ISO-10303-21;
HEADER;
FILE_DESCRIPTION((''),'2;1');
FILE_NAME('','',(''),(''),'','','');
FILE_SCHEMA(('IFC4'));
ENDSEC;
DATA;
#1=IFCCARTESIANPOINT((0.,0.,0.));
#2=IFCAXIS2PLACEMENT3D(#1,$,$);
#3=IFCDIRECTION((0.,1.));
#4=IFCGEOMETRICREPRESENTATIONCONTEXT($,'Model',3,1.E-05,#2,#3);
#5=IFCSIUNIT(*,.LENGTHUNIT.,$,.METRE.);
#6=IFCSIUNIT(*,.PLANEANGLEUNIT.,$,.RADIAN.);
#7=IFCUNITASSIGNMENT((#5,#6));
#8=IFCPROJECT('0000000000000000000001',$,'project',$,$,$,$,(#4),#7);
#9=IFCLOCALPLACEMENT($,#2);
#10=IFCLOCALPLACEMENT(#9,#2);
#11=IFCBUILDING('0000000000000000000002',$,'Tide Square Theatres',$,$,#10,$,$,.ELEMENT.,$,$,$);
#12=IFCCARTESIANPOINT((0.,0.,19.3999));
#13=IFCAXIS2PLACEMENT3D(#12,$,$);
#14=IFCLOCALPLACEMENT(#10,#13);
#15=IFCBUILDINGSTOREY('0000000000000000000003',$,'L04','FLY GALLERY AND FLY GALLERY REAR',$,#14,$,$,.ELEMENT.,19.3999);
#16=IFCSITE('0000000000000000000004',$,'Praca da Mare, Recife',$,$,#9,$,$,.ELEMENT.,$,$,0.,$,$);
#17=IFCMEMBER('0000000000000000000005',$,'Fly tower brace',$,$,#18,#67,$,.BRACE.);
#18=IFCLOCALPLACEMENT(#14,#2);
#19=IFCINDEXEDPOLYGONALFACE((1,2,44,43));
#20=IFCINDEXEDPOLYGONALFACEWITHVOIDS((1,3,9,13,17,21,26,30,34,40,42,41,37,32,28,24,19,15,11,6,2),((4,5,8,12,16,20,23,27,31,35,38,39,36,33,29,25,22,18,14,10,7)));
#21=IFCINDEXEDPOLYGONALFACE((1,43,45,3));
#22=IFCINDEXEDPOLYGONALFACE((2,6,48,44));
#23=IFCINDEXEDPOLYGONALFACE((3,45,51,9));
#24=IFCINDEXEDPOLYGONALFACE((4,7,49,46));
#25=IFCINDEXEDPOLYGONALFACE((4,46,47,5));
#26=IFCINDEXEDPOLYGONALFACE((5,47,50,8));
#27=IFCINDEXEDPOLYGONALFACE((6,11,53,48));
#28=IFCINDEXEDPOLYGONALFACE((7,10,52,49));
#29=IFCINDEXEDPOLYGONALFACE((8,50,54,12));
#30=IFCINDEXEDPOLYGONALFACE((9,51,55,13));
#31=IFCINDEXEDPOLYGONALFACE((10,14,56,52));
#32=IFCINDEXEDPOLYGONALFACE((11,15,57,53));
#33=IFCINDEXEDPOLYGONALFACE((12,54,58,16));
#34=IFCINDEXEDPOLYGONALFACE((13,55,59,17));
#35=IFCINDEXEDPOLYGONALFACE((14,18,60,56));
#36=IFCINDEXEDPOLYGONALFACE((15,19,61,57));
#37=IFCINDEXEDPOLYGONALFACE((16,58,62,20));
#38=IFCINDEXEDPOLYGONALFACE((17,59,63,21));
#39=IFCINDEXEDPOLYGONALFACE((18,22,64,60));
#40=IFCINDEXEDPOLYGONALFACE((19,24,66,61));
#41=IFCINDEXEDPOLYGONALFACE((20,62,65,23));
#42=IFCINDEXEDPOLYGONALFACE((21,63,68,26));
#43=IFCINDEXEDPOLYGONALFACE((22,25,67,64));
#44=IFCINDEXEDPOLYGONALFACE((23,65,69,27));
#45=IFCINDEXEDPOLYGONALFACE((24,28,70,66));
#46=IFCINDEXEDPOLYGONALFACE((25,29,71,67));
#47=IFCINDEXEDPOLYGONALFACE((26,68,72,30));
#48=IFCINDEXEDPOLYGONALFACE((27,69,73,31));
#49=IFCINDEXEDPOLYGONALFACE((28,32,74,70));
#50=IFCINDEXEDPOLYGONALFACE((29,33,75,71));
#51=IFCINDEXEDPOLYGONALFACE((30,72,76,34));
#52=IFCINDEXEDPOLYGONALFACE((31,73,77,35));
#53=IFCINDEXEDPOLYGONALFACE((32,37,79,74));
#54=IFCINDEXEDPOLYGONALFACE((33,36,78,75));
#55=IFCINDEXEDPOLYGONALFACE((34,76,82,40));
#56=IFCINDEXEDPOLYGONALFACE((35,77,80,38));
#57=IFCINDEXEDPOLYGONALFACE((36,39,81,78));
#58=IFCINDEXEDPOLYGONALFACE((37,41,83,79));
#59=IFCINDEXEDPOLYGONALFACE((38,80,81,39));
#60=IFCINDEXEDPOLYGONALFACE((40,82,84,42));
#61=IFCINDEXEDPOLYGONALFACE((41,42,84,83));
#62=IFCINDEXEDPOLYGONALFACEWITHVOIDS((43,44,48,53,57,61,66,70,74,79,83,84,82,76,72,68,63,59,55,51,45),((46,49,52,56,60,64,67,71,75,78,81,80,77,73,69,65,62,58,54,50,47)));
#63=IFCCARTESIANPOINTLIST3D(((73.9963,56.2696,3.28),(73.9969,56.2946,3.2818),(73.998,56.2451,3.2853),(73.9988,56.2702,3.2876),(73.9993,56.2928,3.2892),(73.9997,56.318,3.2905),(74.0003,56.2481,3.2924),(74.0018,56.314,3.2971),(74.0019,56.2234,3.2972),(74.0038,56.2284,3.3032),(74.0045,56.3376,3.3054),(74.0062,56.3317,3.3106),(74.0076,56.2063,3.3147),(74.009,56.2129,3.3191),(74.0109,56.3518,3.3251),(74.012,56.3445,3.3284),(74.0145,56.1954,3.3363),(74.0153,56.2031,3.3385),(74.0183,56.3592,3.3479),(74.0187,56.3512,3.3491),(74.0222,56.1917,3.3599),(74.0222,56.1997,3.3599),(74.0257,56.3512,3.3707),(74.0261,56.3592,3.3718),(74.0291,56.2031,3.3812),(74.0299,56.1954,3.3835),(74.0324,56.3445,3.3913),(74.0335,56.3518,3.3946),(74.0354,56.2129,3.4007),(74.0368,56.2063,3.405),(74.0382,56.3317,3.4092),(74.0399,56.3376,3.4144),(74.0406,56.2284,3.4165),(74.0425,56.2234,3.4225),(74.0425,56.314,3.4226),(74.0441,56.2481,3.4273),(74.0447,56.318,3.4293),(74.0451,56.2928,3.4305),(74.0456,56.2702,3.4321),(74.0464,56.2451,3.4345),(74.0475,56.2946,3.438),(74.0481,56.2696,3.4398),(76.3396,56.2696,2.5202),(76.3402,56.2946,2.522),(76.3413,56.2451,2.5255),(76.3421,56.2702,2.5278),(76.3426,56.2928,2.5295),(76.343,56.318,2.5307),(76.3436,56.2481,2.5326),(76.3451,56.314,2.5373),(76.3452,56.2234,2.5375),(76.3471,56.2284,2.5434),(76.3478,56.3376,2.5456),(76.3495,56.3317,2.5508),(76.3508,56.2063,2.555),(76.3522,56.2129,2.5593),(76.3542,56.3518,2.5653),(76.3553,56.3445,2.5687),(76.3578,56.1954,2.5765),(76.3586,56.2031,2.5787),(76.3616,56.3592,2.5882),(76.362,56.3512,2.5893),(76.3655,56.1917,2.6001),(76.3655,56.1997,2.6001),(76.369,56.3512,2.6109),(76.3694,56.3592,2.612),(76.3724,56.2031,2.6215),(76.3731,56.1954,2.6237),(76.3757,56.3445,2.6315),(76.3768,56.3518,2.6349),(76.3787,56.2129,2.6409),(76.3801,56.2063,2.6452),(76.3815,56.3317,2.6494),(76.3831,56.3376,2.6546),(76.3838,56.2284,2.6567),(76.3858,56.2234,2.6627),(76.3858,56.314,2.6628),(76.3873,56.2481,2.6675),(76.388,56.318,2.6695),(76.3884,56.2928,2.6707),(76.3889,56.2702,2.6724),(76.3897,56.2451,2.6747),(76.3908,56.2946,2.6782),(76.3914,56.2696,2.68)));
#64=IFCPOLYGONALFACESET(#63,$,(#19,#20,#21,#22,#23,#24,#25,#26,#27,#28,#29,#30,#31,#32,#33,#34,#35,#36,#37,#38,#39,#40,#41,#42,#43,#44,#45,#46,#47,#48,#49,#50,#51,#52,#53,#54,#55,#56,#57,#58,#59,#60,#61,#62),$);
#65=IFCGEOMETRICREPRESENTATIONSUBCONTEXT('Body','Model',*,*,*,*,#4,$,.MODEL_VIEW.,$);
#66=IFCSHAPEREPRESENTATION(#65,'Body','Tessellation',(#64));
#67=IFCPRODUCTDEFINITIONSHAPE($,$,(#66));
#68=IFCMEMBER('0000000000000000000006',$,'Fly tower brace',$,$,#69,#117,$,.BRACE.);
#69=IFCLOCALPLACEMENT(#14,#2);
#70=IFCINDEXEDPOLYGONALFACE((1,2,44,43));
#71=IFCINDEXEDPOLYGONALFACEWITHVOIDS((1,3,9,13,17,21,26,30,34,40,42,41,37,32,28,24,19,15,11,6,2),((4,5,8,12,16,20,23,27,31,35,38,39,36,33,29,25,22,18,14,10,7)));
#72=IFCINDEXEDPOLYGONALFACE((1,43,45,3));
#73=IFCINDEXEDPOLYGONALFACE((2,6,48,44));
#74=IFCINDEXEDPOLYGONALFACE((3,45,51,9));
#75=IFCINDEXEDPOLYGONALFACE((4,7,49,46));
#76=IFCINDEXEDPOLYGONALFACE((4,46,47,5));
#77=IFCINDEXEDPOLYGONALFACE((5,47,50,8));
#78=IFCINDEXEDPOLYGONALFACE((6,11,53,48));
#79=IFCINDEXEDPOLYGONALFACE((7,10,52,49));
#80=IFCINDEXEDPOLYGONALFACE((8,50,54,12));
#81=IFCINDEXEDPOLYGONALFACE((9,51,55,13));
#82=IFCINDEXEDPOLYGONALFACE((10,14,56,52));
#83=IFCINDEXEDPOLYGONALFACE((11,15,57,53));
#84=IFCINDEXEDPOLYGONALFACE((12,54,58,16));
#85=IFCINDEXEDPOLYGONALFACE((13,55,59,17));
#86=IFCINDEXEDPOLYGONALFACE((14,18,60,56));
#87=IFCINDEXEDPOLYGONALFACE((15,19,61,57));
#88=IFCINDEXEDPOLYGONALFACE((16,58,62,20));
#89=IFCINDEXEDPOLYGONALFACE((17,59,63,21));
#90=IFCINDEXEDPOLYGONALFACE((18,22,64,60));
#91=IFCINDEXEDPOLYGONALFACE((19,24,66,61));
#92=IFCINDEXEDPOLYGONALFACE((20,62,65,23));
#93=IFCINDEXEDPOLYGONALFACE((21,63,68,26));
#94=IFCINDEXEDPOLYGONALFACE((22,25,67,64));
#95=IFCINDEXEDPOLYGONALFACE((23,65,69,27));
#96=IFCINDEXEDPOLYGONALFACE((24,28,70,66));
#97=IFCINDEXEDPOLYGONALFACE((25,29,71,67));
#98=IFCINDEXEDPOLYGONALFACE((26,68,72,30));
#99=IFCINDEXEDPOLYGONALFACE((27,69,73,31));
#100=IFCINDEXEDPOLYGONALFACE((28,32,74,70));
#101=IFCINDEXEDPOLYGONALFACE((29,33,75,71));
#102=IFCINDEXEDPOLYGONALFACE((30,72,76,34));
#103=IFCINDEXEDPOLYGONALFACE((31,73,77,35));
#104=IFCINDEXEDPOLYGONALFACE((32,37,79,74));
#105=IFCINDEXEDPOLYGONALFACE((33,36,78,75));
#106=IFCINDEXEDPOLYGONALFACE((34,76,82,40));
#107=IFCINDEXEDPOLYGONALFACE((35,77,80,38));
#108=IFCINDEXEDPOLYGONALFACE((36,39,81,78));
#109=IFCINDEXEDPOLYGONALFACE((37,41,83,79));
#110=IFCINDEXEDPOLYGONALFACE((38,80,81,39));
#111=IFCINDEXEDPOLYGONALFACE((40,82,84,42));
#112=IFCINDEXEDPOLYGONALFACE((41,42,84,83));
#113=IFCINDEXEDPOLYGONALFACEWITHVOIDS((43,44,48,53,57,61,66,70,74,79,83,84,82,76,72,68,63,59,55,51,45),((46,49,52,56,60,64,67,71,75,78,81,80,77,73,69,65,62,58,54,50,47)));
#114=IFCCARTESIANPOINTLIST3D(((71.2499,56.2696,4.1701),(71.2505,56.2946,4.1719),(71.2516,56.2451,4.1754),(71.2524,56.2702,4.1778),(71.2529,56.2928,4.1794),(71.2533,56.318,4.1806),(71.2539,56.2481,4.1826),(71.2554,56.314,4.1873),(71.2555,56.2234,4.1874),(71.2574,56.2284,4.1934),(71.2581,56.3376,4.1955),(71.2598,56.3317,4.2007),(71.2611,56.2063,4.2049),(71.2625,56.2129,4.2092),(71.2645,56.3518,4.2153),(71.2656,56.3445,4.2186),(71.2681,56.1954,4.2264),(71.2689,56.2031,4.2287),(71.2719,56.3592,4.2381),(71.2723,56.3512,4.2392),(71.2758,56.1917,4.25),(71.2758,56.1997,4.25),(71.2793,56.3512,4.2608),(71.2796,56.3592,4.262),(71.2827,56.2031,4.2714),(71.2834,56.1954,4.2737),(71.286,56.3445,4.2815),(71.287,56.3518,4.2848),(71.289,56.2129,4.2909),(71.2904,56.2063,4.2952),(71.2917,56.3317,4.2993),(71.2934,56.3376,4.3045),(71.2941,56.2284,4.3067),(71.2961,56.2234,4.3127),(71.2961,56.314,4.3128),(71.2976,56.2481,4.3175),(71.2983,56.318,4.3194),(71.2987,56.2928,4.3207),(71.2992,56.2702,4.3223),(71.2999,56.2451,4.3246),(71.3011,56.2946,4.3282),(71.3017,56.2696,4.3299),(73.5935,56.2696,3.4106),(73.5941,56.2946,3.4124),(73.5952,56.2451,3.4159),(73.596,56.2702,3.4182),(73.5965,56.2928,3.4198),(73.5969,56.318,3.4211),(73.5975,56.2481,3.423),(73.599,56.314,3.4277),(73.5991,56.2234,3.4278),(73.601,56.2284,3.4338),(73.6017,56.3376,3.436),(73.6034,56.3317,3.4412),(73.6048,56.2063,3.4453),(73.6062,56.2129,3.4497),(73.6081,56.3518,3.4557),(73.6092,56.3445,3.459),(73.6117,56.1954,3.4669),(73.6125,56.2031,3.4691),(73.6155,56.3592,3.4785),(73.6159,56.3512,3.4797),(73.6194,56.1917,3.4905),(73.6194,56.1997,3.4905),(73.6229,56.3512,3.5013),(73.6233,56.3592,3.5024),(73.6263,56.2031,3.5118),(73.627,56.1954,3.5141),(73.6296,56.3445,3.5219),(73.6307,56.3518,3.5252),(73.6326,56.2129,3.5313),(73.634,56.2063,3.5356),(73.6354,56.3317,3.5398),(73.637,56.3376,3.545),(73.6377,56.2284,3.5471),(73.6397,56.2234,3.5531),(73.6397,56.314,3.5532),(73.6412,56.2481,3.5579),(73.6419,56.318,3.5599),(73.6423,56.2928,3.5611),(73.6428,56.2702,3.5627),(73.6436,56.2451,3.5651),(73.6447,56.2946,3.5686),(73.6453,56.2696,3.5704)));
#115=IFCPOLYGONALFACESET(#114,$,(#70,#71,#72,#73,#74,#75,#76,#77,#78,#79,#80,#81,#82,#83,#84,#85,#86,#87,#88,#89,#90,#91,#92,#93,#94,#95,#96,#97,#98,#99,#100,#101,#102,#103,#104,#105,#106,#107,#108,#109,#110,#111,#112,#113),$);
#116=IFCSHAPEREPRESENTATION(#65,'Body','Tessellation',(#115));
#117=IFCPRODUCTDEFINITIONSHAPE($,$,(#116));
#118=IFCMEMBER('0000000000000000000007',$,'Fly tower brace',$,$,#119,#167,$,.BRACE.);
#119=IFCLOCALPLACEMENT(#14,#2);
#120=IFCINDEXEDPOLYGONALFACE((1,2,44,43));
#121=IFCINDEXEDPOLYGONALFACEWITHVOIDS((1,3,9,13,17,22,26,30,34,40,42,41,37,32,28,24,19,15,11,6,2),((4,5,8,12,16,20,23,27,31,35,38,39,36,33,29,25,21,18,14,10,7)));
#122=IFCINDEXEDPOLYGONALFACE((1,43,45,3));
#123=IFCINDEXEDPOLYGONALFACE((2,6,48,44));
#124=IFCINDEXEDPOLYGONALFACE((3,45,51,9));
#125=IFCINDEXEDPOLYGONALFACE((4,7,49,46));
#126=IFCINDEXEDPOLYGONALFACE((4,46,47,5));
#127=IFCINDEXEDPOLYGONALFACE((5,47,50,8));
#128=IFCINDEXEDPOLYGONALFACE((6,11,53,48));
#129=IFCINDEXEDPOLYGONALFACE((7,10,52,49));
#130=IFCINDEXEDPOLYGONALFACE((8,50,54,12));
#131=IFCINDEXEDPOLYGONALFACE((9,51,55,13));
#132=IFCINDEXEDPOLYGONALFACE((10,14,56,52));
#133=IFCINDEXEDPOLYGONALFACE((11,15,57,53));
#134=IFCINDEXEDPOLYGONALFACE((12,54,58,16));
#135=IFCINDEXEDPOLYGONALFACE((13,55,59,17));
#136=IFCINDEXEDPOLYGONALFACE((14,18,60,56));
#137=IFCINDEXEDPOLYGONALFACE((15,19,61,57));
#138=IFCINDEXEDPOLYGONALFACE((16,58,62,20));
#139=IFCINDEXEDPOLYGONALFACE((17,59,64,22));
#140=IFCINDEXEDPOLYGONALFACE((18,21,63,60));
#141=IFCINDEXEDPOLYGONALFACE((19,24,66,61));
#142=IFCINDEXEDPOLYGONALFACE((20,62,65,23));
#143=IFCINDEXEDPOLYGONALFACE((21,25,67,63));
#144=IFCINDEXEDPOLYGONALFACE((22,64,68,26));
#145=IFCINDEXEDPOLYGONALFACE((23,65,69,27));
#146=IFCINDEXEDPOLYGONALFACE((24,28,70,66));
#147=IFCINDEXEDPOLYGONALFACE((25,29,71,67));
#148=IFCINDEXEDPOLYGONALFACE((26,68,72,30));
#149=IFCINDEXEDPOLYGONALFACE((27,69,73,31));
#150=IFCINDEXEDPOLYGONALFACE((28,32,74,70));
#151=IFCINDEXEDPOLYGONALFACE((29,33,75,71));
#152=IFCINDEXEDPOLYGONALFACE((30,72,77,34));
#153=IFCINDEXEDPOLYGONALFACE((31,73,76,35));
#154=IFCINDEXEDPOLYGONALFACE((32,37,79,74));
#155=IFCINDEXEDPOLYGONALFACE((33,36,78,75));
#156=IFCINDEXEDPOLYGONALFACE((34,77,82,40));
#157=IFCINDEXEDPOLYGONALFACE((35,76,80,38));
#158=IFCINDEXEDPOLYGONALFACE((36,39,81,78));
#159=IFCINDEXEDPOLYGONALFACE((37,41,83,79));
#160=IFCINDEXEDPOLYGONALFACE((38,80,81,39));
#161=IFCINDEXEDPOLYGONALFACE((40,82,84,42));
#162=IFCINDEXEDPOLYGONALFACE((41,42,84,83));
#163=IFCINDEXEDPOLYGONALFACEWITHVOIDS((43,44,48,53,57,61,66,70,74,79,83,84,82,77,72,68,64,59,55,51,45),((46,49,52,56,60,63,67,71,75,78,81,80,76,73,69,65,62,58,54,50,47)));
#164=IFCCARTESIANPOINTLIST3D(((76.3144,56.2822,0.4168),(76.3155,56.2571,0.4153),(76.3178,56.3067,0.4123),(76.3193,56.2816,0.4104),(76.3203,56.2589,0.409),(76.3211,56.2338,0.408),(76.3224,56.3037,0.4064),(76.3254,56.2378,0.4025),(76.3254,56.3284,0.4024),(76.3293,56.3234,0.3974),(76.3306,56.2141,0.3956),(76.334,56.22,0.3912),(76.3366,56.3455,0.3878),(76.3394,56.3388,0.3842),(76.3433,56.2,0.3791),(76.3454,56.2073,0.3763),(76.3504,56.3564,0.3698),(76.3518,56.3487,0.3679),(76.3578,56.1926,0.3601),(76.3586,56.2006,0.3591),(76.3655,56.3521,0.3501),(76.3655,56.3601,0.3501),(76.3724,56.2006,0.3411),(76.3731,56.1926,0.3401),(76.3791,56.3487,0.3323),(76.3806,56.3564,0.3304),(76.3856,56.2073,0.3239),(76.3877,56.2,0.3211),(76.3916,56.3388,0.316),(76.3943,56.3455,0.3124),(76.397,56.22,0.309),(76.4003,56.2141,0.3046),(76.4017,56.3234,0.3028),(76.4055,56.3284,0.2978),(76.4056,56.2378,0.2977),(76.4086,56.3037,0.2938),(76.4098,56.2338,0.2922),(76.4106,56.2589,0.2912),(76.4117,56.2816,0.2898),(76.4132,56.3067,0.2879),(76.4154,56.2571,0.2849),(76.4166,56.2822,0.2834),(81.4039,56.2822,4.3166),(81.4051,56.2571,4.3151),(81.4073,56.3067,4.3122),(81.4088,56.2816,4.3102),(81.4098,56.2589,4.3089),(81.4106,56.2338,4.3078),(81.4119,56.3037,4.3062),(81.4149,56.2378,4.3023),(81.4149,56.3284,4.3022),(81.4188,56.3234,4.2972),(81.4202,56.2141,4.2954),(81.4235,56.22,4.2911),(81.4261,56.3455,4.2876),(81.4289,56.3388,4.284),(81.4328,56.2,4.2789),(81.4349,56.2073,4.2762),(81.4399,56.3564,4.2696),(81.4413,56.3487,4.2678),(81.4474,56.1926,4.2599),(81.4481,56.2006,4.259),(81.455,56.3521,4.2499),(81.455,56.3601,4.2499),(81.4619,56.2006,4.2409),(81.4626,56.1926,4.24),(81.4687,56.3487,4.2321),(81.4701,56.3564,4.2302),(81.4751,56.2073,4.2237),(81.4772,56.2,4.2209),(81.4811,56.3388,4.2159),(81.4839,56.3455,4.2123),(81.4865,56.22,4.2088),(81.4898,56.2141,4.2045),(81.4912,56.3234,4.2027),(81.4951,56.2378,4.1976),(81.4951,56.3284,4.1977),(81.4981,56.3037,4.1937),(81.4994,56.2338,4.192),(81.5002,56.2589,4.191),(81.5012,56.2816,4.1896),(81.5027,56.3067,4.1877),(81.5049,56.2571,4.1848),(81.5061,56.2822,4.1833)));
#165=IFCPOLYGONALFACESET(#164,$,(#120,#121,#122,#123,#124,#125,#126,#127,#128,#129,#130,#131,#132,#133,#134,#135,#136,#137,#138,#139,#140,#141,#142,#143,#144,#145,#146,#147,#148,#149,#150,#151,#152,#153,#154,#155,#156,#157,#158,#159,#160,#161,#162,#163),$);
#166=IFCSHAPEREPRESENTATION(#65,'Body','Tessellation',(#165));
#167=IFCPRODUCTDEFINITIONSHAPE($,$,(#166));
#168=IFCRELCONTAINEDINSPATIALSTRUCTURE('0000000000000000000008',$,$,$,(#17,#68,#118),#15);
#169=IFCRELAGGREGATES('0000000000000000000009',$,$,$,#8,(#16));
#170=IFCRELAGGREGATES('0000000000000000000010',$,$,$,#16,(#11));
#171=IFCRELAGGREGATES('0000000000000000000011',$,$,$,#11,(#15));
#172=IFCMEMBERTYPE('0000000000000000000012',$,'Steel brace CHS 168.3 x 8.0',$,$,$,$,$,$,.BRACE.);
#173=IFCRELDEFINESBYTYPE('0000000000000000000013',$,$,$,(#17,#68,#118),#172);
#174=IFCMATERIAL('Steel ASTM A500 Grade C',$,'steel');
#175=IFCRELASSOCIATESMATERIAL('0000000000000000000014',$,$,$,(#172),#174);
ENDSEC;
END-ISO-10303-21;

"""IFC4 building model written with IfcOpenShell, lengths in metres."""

from ifc_helpers import new_model, si_unit, direction, frame, origin, origin_2d, place, context, subcontext, project, spatial, hollow_circle, extrude, material, material_profile, profile_set, type_object, element, save


model = new_model("IFC4")

# Units and contexts
model_context = context("Model", 3, precision=1e-05, world=origin(), true_north=direction((0.0, 1.0)))
body_context = subcontext(model_context, "Body", "Model", "MODEL_VIEW")
ifc_project = project(units=[si_unit("LENGTHUNIT", "METRE"), si_unit("PLANEANGLEUNIT", "RADIAN")], contexts=[model_context])

# Site, building, storey
site_placement = place(None, origin())
site = spatial("IfcSite", under=ifc_project, at=site_placement, Name="Praca da Mare, Recife", CompositionType="ELEMENT", RefElevation=0.0)
building_placement = place(site_placement, origin())
building = spatial("IfcBuilding", under=site, at=building_placement, Name="Tide Square Theatres", CompositionType="ELEMENT")
storey_placement = place(building_placement, frame((0.0, 0.0, 19.3999)))
storey = spatial("IfcBuildingStorey", under=building, at=storey_placement, Name="L04", Description="FLY GALLERY AND FLY GALLERY REAR", CompositionType="ELEMENT", Elevation=19.3999)

# Members
ifc_material_1 = material(Name="Steel ASTM A500 Grade C", Category="steel")
ifc_material_profile_1 = material_profile(ifc_material_1, hollow_circle(Radius=0.0842, WallThickness=0.0081, at=origin_2d()))
ifc_profile_set_1 = profile_set([ifc_material_profile_1], Name="Steel ASTM A500 Grade C")
member_type = type_object("IfcMemberType", Name="Steel brace CHS 168.3 x 8.0", PredefinedType="BRACE", material=ifc_profile_set_1)
member_1_placement = place(storey_placement, frame((76.3655, 56.2759, 2.6001), z_axis=(-0.951248, 0.0, 0.308427), x_axis=(0.0, -1.0, 0.0)))
element("IfcMember", 1, at=member_1_placement, inside=storey, type_object=member_type, Name="Fly tower brace", PredefinedType="BRACE", context=body_context, shape_type="SweptSolid", body=[
    extrude(hollow_circle(Radius=0.0842, WallThickness=0.0081, at=origin_2d()), origin(), (0.0, 0.0, 1.0), 2.4634),
])
member_2_placement = place(storey_placement, frame((73.6194, 56.2759, 3.4905), z_axis=(-0.951286, 0.0, 0.308308), x_axis=(0.0, -1.0, 0.0)))
element("IfcMember", 2, at=member_2_placement, inside=storey, type_object=member_type, Name="Fly tower brace", PredefinedType="BRACE", context=body_context, shape_type="SweptSolid", body=[
    extrude(hollow_circle(Radius=0.0842, WallThickness=0.0081, at=origin_2d()), origin(), (0.0, 0.0, 1.0), 2.4636),
])
member_3_placement = place(storey_placement, frame((76.3655, 56.2759, 0.3501), z_axis=(0.793766, 0.0, 0.608223), x_axis=(0.0, 1.0, 0.0)))
element("IfcMember", 3, at=member_3_placement, inside=storey, type_object=member_type, Name="Fly tower brace", PredefinedType="BRACE", context=body_context, shape_type="SweptSolid", body=[
    extrude(hollow_circle(Radius=0.0842, WallThickness=0.0081, at=origin_2d()), origin(), (0.0, 0.0, 1.0), 6.4119),
])

save(model, "model.ifc")
